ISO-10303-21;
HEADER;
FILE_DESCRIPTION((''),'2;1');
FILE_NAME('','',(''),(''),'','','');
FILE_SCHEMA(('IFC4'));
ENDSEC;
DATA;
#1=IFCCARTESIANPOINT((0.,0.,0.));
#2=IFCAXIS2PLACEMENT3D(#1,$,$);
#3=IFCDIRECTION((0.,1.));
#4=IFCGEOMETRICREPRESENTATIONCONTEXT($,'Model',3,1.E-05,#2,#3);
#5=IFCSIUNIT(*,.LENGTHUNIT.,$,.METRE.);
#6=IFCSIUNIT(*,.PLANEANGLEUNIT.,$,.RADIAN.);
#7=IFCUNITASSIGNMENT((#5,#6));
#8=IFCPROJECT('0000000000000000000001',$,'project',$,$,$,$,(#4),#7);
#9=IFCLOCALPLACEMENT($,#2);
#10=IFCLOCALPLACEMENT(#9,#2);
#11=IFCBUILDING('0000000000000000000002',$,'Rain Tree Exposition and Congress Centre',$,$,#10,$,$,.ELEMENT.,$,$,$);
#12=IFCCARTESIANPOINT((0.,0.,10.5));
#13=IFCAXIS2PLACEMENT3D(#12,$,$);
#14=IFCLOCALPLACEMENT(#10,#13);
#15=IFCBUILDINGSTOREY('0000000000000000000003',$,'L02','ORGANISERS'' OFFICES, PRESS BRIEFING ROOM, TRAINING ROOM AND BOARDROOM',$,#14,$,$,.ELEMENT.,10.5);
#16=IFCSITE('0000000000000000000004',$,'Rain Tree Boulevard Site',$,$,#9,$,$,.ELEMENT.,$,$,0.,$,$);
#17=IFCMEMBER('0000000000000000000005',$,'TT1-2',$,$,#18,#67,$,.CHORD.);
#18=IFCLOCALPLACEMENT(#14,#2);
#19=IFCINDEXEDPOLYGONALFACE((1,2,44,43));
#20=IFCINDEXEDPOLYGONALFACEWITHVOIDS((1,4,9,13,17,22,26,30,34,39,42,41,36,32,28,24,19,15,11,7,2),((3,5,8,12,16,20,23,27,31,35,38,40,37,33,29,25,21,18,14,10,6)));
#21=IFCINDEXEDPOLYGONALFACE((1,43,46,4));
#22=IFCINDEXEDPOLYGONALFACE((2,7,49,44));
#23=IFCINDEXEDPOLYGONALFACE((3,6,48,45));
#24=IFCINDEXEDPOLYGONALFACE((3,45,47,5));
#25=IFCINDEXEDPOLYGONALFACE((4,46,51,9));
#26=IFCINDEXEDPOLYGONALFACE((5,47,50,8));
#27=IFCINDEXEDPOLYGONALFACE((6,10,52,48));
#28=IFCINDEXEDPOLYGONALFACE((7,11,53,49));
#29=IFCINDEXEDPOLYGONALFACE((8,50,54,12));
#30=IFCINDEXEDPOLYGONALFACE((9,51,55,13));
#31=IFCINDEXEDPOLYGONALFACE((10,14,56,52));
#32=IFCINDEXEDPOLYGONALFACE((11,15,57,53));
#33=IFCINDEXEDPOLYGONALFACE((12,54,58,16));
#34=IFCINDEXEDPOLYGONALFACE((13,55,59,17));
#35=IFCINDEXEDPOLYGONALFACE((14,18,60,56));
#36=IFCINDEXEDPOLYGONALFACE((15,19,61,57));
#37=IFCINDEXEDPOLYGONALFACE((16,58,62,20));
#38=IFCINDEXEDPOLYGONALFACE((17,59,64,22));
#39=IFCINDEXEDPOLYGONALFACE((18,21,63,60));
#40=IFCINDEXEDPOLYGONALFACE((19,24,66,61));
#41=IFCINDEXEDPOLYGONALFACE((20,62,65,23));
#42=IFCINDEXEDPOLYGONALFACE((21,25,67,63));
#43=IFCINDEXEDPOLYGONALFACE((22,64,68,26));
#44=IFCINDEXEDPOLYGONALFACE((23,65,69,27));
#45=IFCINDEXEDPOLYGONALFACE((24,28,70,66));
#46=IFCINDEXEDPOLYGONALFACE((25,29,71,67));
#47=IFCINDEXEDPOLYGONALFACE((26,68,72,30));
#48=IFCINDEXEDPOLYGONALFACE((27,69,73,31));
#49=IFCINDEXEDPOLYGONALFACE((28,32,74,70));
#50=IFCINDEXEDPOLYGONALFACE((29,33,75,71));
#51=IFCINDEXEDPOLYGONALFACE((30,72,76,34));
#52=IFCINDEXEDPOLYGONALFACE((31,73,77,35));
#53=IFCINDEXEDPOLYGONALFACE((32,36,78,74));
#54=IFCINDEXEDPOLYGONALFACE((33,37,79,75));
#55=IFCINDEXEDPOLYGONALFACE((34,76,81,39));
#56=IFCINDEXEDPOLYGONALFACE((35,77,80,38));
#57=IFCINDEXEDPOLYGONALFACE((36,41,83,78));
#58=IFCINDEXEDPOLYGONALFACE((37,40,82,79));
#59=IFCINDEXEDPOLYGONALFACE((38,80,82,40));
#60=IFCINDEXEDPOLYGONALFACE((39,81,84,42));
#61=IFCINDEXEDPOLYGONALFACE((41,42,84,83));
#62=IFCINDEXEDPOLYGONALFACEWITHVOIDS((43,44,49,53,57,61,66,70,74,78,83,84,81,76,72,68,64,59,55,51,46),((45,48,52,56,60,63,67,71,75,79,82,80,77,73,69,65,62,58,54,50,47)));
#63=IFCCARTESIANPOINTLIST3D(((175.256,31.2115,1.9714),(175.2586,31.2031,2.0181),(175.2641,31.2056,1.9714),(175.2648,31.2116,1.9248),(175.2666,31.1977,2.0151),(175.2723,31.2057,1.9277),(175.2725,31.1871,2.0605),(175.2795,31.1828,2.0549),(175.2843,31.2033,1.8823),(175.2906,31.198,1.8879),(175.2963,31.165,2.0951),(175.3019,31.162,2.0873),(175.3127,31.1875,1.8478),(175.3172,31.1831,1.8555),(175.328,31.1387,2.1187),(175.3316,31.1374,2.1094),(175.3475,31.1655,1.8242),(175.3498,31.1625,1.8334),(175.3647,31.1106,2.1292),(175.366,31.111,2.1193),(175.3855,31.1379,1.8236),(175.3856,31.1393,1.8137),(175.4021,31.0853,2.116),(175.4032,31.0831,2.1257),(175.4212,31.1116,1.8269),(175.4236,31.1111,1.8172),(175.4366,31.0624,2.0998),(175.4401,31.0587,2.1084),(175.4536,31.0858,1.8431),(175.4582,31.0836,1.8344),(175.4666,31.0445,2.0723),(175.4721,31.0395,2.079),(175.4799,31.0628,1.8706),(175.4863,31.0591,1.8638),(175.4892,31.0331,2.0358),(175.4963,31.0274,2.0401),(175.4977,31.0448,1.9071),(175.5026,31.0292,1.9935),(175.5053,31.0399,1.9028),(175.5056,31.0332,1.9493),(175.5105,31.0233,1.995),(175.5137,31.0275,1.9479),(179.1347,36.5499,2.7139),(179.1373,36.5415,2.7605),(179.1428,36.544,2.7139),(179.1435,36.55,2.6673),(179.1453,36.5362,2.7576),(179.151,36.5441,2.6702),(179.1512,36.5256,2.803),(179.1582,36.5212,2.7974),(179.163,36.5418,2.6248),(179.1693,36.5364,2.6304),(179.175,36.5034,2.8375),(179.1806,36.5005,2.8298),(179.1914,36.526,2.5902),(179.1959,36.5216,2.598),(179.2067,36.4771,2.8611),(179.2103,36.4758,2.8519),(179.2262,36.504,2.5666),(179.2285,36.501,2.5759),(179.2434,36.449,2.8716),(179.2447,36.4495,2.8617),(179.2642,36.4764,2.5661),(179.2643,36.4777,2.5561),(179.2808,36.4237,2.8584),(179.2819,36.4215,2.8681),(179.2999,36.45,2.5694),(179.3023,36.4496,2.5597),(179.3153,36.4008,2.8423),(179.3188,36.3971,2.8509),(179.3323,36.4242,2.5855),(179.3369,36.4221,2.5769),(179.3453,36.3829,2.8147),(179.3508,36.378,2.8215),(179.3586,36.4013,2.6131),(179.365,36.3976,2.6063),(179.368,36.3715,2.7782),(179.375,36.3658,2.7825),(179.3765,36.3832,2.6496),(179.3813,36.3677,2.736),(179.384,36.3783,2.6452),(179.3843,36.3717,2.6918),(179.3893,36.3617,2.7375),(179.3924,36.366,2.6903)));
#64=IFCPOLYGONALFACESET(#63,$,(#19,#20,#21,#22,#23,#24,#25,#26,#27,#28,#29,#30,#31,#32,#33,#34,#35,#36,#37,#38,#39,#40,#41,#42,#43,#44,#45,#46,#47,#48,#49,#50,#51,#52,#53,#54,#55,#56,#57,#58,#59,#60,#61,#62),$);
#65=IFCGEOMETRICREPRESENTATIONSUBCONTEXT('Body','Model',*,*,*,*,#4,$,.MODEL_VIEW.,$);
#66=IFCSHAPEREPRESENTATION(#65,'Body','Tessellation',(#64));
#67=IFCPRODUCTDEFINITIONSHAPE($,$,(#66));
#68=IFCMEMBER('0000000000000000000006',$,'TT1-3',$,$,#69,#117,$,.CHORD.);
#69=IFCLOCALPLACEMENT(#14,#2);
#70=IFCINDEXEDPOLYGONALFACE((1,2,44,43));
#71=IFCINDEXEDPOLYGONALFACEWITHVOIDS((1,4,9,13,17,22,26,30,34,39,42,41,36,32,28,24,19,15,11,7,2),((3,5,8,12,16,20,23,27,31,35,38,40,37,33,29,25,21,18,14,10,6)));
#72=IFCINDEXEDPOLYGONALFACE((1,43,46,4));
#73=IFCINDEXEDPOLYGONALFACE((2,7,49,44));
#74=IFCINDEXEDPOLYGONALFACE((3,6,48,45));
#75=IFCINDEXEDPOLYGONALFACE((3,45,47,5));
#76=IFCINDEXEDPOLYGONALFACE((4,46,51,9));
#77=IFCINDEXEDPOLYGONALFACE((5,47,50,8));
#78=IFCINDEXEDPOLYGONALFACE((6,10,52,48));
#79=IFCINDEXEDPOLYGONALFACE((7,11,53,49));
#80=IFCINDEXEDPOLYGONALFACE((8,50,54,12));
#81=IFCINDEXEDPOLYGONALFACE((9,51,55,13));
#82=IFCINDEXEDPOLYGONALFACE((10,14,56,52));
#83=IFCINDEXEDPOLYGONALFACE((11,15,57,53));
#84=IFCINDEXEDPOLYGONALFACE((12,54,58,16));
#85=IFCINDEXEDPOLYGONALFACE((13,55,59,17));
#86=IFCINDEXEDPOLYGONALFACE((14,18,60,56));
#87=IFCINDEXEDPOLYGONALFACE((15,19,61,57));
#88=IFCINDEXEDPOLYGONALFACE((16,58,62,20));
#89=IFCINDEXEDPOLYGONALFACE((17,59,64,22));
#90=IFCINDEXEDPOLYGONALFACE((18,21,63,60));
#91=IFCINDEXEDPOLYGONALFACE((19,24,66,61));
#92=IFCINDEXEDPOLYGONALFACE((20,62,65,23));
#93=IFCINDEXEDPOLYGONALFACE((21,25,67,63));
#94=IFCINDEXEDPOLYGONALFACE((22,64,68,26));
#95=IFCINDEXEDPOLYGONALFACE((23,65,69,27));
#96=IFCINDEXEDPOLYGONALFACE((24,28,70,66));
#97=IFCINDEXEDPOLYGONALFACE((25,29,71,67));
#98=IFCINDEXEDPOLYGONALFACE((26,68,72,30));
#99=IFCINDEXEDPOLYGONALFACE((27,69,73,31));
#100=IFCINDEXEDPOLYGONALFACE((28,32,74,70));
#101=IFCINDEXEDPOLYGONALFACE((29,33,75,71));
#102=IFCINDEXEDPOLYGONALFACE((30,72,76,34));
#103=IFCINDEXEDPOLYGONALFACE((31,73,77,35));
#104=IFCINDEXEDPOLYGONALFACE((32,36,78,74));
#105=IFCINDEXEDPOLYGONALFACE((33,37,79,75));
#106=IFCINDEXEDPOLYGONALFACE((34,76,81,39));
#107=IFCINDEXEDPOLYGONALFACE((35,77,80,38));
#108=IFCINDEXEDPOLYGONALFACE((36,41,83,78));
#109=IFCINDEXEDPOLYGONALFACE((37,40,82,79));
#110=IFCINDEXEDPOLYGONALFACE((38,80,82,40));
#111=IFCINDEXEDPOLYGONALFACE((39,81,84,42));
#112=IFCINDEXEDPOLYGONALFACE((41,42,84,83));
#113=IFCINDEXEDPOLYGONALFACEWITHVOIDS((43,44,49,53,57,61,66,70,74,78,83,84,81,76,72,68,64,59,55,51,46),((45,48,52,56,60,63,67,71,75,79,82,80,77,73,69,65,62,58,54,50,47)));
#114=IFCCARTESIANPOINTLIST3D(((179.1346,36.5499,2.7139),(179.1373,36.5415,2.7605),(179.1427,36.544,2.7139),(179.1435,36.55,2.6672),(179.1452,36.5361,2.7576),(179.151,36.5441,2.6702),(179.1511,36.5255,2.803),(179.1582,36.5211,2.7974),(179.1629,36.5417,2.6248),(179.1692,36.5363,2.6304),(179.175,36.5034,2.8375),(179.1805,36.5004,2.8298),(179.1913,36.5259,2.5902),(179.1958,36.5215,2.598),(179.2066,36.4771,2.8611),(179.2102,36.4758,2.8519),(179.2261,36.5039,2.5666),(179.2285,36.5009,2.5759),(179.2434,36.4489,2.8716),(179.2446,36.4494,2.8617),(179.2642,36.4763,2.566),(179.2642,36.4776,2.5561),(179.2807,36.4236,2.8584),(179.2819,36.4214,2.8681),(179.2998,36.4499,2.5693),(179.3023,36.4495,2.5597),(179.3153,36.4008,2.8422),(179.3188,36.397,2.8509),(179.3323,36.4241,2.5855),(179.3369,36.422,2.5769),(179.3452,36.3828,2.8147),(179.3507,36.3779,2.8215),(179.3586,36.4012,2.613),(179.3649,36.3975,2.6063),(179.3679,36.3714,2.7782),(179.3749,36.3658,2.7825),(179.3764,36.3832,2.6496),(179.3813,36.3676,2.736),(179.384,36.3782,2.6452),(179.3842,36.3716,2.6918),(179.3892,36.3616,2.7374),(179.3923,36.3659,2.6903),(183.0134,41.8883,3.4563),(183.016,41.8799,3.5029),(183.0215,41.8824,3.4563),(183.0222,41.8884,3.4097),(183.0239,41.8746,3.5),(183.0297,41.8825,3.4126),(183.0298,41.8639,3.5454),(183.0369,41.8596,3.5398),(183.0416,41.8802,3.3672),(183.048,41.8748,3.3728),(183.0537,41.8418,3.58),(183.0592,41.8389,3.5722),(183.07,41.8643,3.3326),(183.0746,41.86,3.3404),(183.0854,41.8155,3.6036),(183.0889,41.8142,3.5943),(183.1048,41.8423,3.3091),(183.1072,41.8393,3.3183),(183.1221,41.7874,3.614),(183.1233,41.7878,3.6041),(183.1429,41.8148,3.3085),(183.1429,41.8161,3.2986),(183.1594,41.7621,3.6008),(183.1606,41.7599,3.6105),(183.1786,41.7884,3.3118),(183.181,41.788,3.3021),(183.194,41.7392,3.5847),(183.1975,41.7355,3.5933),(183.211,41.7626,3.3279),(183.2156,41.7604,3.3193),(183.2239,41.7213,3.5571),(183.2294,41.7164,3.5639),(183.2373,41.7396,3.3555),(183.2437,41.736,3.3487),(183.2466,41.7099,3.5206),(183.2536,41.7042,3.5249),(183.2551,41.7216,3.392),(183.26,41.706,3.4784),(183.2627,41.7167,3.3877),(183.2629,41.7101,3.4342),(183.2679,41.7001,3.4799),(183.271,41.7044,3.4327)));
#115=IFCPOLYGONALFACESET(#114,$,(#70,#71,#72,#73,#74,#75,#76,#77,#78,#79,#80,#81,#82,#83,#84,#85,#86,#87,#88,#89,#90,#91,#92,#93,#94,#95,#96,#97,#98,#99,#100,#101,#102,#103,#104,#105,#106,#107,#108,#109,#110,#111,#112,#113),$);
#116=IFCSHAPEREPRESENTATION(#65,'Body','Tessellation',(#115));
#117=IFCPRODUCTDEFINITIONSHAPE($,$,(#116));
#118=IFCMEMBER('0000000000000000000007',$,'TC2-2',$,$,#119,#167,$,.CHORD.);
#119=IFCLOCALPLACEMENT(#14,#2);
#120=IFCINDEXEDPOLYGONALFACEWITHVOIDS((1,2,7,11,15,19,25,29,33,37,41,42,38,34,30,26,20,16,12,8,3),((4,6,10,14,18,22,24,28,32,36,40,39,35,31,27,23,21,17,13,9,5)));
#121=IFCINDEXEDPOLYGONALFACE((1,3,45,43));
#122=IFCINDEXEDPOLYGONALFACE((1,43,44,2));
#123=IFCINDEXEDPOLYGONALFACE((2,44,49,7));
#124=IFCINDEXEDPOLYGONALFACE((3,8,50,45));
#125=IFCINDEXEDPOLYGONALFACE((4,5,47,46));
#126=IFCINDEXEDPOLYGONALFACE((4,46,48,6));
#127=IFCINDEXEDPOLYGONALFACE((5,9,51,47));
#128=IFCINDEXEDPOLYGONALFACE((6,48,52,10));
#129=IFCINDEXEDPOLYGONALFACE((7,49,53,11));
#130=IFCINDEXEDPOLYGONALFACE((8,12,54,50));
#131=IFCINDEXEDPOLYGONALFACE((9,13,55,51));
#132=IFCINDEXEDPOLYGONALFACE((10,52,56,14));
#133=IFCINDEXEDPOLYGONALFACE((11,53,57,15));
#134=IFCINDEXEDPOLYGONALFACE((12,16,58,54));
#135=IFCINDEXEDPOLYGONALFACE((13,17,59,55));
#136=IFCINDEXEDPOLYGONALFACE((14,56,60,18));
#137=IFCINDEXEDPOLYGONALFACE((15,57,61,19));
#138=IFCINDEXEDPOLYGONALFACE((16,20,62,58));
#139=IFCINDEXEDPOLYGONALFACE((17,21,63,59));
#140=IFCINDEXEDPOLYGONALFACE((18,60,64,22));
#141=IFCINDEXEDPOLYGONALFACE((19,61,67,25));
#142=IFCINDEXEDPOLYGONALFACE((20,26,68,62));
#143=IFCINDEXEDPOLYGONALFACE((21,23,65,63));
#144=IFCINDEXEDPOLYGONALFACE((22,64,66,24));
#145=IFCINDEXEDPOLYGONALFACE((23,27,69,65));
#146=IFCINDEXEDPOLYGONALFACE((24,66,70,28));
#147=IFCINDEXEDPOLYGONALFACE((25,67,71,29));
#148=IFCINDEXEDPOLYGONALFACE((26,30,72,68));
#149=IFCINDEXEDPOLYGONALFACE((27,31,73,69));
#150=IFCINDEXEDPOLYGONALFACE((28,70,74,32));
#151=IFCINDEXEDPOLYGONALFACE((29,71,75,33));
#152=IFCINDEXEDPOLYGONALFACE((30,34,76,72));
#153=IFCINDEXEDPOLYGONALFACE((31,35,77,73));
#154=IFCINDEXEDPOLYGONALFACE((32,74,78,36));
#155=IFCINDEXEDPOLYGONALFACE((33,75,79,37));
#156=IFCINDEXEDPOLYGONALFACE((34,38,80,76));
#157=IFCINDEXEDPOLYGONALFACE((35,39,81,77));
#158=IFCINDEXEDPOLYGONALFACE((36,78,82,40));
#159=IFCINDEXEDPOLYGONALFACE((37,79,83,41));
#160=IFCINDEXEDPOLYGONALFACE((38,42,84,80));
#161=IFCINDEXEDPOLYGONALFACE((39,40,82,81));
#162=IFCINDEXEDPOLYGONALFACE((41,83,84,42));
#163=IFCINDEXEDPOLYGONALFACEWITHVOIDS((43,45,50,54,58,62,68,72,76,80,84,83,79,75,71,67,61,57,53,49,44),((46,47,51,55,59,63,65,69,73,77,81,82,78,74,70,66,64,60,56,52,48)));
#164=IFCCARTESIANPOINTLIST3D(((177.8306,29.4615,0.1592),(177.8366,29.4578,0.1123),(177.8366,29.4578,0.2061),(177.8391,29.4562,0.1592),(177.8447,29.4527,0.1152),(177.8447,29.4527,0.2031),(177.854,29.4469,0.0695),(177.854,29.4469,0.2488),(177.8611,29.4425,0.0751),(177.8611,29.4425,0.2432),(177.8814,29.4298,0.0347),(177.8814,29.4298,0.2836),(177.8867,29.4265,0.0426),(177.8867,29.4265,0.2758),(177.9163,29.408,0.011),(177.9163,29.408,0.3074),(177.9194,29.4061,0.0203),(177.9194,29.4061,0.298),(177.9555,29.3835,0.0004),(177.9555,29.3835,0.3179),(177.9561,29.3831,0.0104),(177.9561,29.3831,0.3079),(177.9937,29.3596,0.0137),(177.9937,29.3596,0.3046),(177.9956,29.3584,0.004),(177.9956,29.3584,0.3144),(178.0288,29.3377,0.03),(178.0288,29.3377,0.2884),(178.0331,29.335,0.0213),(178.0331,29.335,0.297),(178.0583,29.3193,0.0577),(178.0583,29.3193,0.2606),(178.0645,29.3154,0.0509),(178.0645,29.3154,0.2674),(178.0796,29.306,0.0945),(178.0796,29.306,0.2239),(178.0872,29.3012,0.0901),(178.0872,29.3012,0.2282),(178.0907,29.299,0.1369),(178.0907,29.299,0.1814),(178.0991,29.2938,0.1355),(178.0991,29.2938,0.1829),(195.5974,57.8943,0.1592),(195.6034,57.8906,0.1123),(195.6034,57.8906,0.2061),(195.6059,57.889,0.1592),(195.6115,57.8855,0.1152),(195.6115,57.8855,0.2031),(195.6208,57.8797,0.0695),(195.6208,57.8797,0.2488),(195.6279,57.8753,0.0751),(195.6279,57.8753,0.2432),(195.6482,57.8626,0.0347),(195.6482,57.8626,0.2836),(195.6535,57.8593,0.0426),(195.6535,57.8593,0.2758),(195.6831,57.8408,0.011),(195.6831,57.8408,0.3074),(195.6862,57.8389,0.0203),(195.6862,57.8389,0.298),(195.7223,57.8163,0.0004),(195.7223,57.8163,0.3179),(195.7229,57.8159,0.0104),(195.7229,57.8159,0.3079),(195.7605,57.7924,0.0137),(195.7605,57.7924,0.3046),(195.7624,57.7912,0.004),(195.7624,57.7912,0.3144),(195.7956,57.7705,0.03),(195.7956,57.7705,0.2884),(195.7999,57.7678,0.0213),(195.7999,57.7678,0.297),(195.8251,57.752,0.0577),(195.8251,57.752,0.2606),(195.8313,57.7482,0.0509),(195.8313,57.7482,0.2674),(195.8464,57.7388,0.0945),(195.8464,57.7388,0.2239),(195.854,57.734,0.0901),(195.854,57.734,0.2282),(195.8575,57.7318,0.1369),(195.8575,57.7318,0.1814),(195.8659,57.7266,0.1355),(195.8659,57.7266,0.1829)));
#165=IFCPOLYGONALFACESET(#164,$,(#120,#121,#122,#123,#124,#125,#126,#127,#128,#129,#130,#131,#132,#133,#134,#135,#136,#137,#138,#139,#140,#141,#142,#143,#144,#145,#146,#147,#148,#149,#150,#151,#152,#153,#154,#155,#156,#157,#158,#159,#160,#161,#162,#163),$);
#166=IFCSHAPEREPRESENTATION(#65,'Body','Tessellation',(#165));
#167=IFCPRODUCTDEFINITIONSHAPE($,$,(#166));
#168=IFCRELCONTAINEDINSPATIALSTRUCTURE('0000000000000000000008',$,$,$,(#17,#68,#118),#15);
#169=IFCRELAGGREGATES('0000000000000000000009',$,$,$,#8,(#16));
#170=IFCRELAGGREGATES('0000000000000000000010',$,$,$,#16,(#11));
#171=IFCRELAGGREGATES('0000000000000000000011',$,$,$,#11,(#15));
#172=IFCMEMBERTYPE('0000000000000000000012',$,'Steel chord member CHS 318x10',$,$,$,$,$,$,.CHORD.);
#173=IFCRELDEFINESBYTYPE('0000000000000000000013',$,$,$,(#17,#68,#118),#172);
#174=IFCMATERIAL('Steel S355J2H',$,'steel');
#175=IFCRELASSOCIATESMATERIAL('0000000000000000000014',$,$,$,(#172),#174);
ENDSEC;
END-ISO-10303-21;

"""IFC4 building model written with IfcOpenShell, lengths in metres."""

from ifc_helpers import new_model, si_unit, direction, frame, origin, origin_2d, place, context, subcontext, project, spatial, hollow_circle, extrude, material, material_profile, profile_set, type_object, element, save


model = new_model("IFC4")

# Units and contexts
model_context = context("Model", 3, precision=1e-05, world=origin(), true_north=direction((0.0, 1.0)))
body_context = subcontext(model_context, "Body", "Model", "MODEL_VIEW")
ifc_project = project(units=[si_unit("LENGTHUNIT", "METRE"), si_unit("PLANEANGLEUNIT", "RADIAN")], contexts=[model_context])

# Site, building, storey
site_placement = place(None, origin())
site = spatial("IfcSite", under=ifc_project, at=site_placement, Name="Rain Tree Boulevard Site", CompositionType="ELEMENT", RefElevation=0.0)
building_placement = place(site_placement, origin())
building = spatial("IfcBuilding", under=site, at=building_placement, Name="Rain Tree Exposition and Congress Centre", CompositionType="ELEMENT")
storey_placement = place(building_placement, frame((0.0, 0.0, 10.5)))
storey = spatial("IfcBuildingStorey", under=building, at=storey_placement, Name="L02", Description="ORGANISERS' OFFICES, PRESS BRIEFING ROOM, TRAINING ROOM AND BOARDROOM", CompositionType="ELEMENT", Elevation=10.5)

# Members
ifc_material_1 = material(Name="Steel S355J2H", Category="steel")
ifc_material_profile_1 = material_profile(ifc_material_1, hollow_circle(Radius=0.1592, WallThickness=0.01, at=origin_2d()), Name="CHS 318x10")
ifc_profile_set_1 = profile_set([ifc_material_profile_1], Name="Steel S355J2H")
member_type_1 = type_object("IfcMemberType", Name="Steel chord member CHS 318x10", PredefinedType="CHORD", material=ifc_profile_set_1)
for number, where, z_axis, x_axis, name in (
    (1, (175.3848, 31.1179, 1.9714), (0.58411, 0.803937, 0.111807), (-0.80901, 0.587795, 0.0), "TT1-2"),
    (2, (179.2634, 36.4563, 2.7139), (0.58411, 0.803937, 0.111807), (-0.80901, 0.587795, 0.0), "TT1-3"),
):
    element("IfcMember", number, at=place(storey_placement, frame(where, z_axis=z_axis, x_axis=x_axis)), inside=storey, type_object=member_type_1, Name=name, PredefinedType="CHORD", context=body_context, shape_type="SweptSolid", body=[
        extrude(hollow_circle(Radius=0.1592, WallThickness=0.01, at=origin_2d()), origin(), (0.0, 0.0, 1.0), 6.6404),
    ])
member_1_placement = place(storey_placement, frame((177.9656, 29.3772, 0.1592), z_axis=(0.52992, 0.848048, 0.0), x_axis=(-0.848048, 0.52992, 0.0)))
element("IfcMember", 3, at=member_1_placement, inside=storey, type_object=member_type_1, Name="TC2-2", PredefinedType="CHORD", context=body_context, shape_type="SweptSolid", body=[
    extrude(hollow_circle(Radius=0.1592, WallThickness=0.01, at=origin_2d()), origin(), (0.0, 0.0, 1.0), 33.5273),
])

save(model, "model.ifc")
